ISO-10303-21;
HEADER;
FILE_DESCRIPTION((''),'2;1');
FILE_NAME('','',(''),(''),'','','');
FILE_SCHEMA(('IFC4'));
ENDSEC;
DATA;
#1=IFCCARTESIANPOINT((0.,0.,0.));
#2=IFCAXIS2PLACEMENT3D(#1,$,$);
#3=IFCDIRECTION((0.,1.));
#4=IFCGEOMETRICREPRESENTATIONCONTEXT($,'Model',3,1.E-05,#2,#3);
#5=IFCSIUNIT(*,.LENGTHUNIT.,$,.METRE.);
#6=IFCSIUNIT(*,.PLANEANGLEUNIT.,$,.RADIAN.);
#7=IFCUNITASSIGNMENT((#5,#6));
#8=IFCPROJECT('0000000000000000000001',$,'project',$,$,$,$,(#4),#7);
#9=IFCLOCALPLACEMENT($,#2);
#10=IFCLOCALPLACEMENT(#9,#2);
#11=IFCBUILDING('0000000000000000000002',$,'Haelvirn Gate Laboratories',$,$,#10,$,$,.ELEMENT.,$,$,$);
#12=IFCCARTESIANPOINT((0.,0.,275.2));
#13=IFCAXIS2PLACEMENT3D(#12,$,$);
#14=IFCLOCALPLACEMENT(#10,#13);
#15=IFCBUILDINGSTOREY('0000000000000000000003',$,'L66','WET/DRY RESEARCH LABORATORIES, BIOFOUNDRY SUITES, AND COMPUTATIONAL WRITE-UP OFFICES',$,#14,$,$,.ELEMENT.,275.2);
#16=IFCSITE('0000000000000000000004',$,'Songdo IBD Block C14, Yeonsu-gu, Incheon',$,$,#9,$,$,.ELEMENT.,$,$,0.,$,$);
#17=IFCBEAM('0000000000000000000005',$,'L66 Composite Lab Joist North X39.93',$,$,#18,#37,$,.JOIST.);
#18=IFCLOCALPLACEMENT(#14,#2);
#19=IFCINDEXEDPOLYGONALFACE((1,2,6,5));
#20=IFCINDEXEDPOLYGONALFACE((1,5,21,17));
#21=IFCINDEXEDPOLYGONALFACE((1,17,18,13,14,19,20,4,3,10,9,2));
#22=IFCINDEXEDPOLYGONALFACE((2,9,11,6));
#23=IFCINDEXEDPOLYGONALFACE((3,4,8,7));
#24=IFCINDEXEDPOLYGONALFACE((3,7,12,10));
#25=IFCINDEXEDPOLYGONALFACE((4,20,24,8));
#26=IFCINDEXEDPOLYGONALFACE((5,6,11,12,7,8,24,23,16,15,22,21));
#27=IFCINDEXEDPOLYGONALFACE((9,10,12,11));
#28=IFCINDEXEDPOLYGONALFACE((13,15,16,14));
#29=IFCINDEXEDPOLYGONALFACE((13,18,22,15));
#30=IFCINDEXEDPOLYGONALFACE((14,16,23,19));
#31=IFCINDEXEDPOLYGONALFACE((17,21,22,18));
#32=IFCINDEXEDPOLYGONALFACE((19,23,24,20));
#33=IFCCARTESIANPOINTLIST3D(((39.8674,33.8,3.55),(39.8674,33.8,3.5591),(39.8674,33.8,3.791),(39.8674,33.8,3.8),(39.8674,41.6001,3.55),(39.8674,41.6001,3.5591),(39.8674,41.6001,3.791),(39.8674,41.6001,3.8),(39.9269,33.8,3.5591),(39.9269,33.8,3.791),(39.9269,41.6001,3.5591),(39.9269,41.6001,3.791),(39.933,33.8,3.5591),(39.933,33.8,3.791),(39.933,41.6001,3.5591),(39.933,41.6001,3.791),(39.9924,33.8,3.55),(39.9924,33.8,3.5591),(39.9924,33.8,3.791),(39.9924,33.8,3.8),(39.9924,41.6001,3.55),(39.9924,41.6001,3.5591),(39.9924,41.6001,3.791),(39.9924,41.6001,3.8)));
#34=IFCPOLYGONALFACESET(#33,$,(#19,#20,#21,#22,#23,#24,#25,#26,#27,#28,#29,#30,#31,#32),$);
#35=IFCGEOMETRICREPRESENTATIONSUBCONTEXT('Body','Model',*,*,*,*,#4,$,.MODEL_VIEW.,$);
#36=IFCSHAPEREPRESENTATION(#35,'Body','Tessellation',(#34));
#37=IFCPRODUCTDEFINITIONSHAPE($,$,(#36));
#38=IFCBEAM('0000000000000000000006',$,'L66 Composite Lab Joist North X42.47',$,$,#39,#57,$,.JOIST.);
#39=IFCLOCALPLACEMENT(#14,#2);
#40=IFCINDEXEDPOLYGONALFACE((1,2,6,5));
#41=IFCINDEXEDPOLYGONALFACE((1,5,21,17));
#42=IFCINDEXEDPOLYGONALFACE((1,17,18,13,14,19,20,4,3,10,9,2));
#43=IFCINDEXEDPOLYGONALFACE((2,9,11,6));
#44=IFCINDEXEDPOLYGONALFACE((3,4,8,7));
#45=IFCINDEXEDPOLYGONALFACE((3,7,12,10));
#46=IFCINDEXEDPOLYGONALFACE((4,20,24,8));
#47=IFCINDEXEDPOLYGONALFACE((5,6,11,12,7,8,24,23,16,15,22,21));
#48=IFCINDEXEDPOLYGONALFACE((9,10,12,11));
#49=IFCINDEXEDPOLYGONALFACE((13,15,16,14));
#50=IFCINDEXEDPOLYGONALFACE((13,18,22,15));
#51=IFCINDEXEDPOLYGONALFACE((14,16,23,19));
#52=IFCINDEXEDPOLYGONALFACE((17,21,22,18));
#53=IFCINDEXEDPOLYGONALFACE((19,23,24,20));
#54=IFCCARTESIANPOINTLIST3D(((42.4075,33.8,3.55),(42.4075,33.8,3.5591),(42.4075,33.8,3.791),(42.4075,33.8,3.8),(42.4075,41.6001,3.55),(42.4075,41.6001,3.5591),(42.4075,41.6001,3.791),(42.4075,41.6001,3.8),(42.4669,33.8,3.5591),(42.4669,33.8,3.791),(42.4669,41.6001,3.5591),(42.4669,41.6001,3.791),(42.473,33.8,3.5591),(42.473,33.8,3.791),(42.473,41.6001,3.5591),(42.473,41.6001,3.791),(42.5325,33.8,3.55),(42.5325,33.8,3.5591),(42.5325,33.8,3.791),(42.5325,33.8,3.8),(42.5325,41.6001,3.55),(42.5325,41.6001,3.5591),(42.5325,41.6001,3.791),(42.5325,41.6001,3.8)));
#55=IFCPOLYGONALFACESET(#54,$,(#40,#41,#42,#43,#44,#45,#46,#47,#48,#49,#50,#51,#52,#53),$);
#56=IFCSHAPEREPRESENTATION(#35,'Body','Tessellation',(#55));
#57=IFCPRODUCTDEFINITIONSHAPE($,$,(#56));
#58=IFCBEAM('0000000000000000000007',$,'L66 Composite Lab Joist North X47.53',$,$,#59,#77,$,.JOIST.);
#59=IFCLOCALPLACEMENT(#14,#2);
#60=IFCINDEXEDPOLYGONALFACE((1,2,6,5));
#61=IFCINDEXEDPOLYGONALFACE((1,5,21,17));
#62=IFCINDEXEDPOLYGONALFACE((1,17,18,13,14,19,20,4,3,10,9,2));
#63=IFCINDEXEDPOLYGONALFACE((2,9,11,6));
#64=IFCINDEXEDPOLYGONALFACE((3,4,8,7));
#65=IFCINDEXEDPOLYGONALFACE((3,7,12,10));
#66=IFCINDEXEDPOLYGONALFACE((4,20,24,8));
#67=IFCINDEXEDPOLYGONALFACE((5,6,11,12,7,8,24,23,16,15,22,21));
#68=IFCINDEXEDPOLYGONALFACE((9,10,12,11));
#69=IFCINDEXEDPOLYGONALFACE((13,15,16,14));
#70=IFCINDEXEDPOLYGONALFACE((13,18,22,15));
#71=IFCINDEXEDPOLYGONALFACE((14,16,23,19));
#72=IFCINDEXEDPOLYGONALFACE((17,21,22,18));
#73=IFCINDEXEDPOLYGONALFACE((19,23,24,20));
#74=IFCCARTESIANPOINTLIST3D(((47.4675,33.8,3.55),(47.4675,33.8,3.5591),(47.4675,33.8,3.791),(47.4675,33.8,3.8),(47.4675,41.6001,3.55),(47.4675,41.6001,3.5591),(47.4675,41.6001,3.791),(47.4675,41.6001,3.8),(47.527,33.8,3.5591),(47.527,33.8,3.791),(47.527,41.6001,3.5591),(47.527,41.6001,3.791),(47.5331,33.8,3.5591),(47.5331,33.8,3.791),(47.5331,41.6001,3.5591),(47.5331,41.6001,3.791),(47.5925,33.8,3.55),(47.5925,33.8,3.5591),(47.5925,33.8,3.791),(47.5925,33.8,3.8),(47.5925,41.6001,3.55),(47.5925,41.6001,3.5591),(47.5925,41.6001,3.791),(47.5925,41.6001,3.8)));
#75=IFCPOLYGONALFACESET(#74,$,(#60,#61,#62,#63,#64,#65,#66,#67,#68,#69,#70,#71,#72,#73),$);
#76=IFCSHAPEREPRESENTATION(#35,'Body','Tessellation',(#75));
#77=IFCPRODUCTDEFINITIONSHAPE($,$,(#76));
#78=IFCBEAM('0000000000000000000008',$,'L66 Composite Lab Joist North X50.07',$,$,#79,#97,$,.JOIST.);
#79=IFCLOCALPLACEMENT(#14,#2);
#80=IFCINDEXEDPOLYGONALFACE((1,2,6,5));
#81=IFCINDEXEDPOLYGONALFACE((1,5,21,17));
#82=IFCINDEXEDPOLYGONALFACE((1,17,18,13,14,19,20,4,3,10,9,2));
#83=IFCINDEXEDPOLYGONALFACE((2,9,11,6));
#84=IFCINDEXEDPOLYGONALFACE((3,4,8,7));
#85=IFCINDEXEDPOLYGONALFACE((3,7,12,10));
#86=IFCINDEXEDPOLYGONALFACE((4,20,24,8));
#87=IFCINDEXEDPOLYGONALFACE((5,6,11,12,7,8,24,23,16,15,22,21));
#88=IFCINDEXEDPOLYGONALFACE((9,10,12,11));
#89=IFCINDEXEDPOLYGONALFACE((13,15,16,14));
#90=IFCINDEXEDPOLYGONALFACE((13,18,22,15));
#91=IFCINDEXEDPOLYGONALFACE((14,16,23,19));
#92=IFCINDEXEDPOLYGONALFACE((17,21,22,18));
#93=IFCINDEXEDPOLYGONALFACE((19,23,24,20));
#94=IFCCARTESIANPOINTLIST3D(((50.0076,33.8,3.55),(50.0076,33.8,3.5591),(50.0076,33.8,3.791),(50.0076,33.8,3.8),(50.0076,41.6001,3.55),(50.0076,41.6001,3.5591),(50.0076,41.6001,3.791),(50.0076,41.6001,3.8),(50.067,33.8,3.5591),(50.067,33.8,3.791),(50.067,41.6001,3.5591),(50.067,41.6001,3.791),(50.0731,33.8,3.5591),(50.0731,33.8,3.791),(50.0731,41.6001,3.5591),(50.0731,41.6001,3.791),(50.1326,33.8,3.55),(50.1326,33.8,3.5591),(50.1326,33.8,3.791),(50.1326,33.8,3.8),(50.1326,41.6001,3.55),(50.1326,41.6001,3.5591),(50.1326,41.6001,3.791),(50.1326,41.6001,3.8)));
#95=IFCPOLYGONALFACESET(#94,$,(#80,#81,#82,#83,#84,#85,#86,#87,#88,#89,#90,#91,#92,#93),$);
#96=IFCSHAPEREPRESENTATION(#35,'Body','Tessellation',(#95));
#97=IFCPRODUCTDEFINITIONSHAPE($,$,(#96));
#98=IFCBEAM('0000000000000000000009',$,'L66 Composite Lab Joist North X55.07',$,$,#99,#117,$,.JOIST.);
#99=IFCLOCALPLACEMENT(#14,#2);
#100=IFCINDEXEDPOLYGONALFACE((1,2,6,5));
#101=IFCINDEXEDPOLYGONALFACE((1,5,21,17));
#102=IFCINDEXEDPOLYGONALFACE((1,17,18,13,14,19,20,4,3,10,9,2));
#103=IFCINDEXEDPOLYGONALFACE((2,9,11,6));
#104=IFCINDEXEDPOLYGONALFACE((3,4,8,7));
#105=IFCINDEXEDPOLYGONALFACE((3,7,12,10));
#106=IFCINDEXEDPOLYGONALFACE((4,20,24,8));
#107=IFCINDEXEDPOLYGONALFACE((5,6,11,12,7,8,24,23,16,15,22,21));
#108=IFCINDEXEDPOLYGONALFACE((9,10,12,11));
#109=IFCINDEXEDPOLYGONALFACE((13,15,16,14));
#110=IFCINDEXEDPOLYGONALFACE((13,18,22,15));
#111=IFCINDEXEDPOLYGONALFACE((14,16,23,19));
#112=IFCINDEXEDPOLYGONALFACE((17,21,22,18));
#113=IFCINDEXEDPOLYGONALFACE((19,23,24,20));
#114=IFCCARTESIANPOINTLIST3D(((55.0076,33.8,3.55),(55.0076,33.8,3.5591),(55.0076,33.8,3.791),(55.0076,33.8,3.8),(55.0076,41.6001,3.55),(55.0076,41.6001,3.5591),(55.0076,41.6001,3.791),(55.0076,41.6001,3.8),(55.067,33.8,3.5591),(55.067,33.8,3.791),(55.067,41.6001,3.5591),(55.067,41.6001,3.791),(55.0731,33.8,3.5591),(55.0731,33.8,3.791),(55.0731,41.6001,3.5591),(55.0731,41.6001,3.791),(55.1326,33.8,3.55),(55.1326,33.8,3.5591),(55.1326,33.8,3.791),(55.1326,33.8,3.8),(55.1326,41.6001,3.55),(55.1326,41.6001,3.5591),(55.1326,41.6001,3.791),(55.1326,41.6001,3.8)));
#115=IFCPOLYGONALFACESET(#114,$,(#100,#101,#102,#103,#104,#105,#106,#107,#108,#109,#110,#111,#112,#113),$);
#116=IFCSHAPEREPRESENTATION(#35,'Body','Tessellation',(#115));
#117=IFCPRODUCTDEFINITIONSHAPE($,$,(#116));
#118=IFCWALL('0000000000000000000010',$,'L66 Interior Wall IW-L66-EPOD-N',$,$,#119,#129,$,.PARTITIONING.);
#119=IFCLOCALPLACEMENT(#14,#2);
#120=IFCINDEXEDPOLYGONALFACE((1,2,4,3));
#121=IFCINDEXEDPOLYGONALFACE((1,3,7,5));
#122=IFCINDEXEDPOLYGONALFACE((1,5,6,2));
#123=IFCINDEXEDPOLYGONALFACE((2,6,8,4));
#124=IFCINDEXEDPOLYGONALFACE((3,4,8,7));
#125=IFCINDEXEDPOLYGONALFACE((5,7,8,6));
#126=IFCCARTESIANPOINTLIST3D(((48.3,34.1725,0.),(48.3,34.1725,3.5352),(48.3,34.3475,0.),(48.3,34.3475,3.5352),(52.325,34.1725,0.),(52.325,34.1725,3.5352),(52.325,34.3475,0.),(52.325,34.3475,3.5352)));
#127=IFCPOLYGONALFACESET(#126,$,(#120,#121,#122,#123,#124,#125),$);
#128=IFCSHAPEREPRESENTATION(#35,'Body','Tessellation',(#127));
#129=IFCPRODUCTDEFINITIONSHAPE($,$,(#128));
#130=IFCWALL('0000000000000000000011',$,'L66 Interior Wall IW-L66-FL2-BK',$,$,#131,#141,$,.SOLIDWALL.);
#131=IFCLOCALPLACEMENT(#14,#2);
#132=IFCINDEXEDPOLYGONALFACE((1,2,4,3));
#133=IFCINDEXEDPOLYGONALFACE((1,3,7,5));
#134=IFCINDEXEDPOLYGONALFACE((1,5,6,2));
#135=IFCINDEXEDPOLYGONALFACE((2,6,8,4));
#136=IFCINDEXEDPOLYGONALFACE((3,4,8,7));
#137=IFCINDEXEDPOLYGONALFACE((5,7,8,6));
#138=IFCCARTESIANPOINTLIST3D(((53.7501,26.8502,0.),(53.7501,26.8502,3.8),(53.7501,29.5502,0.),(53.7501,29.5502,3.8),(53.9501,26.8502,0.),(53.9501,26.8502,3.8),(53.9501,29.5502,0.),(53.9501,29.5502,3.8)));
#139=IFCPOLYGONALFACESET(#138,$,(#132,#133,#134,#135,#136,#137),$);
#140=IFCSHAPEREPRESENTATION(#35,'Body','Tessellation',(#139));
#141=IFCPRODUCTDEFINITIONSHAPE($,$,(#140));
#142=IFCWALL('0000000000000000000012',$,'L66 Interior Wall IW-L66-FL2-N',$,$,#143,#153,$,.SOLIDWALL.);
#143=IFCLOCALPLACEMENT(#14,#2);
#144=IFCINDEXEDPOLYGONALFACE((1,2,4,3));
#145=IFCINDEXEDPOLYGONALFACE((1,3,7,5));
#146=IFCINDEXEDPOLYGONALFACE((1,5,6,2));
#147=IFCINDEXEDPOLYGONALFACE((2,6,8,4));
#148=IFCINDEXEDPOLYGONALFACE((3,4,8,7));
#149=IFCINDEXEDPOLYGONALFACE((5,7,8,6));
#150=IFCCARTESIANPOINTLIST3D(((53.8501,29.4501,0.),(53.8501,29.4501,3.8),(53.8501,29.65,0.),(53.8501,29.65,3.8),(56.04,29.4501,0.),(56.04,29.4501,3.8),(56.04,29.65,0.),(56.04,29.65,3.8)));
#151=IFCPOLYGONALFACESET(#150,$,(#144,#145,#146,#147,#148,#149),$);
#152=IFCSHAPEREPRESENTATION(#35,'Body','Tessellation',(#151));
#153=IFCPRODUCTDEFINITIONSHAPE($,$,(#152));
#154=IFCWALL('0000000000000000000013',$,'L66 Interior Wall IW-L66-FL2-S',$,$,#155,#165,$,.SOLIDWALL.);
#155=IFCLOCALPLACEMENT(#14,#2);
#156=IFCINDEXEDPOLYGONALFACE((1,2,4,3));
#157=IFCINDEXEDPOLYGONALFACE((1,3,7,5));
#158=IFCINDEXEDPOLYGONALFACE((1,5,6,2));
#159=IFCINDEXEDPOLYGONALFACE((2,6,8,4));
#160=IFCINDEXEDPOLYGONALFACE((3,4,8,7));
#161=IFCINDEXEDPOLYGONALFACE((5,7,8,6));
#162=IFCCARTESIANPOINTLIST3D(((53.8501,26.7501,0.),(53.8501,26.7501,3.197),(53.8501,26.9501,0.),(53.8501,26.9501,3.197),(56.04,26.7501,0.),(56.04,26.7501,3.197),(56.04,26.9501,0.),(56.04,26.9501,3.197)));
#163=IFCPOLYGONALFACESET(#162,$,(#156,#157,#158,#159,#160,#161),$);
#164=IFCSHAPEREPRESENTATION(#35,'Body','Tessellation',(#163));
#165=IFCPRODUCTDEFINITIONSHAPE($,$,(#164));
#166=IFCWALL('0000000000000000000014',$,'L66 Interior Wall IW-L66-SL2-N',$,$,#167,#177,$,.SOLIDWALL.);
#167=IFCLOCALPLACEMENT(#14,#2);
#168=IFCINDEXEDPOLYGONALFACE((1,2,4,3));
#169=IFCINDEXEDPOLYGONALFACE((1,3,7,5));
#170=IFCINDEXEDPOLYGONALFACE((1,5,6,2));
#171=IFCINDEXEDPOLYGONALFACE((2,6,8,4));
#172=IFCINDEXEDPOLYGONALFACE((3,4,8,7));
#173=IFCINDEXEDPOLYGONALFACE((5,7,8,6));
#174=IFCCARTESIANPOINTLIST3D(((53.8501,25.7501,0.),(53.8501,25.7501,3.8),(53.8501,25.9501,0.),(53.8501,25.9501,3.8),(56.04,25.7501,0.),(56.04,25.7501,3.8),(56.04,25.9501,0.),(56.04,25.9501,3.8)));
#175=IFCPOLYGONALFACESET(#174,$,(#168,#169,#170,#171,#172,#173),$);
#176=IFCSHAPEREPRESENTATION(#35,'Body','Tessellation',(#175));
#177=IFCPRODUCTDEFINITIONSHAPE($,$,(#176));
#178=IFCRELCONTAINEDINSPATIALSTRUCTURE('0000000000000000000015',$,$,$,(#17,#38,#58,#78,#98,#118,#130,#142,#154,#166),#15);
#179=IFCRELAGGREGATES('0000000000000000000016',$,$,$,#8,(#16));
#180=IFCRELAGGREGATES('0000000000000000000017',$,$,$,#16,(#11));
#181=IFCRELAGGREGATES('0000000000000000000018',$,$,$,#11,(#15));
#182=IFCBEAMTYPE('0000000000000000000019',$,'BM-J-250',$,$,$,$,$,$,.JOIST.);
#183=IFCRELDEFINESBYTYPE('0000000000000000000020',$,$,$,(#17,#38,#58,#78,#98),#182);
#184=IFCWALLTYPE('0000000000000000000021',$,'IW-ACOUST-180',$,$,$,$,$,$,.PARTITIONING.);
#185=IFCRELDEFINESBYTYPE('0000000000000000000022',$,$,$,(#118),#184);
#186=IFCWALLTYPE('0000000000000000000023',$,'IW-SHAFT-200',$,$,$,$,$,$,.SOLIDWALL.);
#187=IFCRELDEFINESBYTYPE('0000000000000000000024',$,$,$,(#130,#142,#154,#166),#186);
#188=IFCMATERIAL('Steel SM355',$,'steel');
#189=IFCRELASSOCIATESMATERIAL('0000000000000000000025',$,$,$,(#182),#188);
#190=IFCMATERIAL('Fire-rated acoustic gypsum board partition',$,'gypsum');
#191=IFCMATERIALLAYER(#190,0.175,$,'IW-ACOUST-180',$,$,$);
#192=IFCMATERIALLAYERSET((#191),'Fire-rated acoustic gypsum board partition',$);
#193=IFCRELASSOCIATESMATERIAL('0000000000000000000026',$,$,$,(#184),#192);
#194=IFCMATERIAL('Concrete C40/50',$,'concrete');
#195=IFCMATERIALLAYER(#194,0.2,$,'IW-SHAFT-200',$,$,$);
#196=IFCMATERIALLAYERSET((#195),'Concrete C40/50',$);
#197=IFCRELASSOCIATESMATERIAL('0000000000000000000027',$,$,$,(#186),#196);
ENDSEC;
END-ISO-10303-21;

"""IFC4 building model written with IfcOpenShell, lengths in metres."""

from ifc_helpers import new_model, si_unit, direction, frame, frame_2d, origin, origin_2d, place, context, subcontext, project, spatial, rectangle, i_section, extrude, source, transform, mapped, material, layer, layer_set, material_profile, profile_set, type_object, type_shapes, element, save


model = new_model("IFC4")

# Units and contexts
model_context = context("Model", 3, precision=1e-05, world=origin(), true_north=direction((0.0, 1.0)))
body_context = subcontext(model_context, "Body", "Model", "MODEL_VIEW")
ifc_project = project(units=[si_unit("LENGTHUNIT", "METRE"), si_unit("PLANEANGLEUNIT", "RADIAN")], contexts=[model_context])

# Site, building, storey
site_placement = place(None, origin())
site = spatial("IfcSite", under=ifc_project, at=site_placement, Name="Songdo IBD Block C14, Yeonsu-gu, Incheon", CompositionType="ELEMENT", RefElevation=0.0)
building_placement = place(site_placement, origin())
building = spatial("IfcBuilding", under=site, at=building_placement, Name="Haelvirn Gate Laboratories", CompositionType="ELEMENT")
storey_placement = place(building_placement, frame((0.0, 0.0, 275.2)))
storey = spatial("IfcBuildingStorey", under=building, at=storey_placement, Name="L66", Description="WET/DRY RESEARCH LABORATORIES, BIOFOUNDRY SUITES, AND COMPUTATIONAL WRITE-UP OFFICES", CompositionType="ELEMENT", Elevation=275.2)

# Shared definitions
ifc_material_1 = material(Name="Steel SM355", Category="steel")

# Beams
ifc_material_profile_1 = material_profile(ifc_material_1, i_section(OverallWidth=0.125, OverallDepth=0.25, WebThickness=0.0061, FlangeThickness=0.009, at=origin_2d()), Name="H-250x125x6x9")
ifc_profile_set_1 = profile_set([ifc_material_profile_1], Name="Steel SM355")
beam_type_1 = type_object("IfcBeamType", Name="BM-J-250", PredefinedType="JOIST", material=ifc_profile_set_1)
shared_shape_1 = source(origin(), body_context, "Body", "SweptSolid", [
    extrude(i_section(OverallWidth=0.125, OverallDepth=0.25, WebThickness=0.0061, FlangeThickness=0.009, at=origin_2d()), origin(), (0.0, 0.0, 1.0), 7.8),
])
type_shapes(beam_type_1, [shared_shape_1])
for number, where, z_axis, x_axis, name in (
    (1, (39.9299, 33.8, 3.675), (0.0, 1.0, 0.0), (-1.0, 0.0, 0.0), "L66 Composite Lab Joist North X39.93"),
    (2, (42.47, 33.8, 3.675), (0.0, 1.0, 0.0), (-1.0, 0.0, 0.0), "L66 Composite Lab Joist North X42.47"),
    (3, (47.53, 33.8, 3.675), (0.0, 1.0, 0.0), (-1.0, 0.0, 0.0), "L66 Composite Lab Joist North X47.53"),
    (4, (50.0701, 33.8, 3.675), (0.0, 1.0, 0.0), (-1.0, 0.0, 0.0), "L66 Composite Lab Joist North X50.07"),
    (5, (55.0701, 33.8, 3.675), (0.0, 1.0, 0.0), (-1.0, 0.0, 0.0), "L66 Composite Lab Joist North X55.07"),
):
    element("IfcBeam", number, at=place(storey_placement, frame(where, z_axis=z_axis, x_axis=x_axis)), inside=storey, type_object=beam_type_1, Name=name, PredefinedType="JOIST", context=body_context, shape_type="MappedRepresentation", body=[
        mapped(shared_shape_1, transform((0.0, 0.0, 0.0), scale=1.0)),
    ])

# Walls
ifc_material_2 = material(Name="Fire-rated acoustic gypsum board partition", Category="gypsum")
ifc_layer_1 = layer(ifc_material_2, 0.175, Name="IW-ACOUST-180")
ifc_layer_set_1 = layer_set([ifc_layer_1], Name="Fire-rated acoustic gypsum board partition")
wall_type_1 = type_object("IfcWallType", Name="IW-ACOUST-180", PredefinedType="PARTITIONING", material=ifc_layer_set_1)
wall_1_placement = place(storey_placement, frame((48.3, 34.26, 0.0), z_axis=(0.0, 0.0, 1.0), x_axis=(1.0, 0.0, 0.0)))
element("IfcWall", 6, at=wall_1_placement, inside=storey, type_object=wall_type_1, Name="L66 Interior Wall IW-L66-EPOD-N", PredefinedType="PARTITIONING", context=body_context, shape_type="SweptSolid", body=[
    extrude(rectangle(XDim=4.0249, YDim=0.175, at=frame_2d((2.0125, 0.0))), origin(), (0.0, 0.0, 1.0), 3.5352),
])
ifc_material_3 = material(Name="Concrete C40/50", Category="concrete")
ifc_layer_2 = layer(ifc_material_3, 0.2, Name="IW-SHAFT-200")
ifc_layer_set_2 = layer_set([ifc_layer_2], Name="Concrete C40/50")
wall_type_2 = type_object("IfcWallType", Name="IW-SHAFT-200", PredefinedType="SOLIDWALL", material=ifc_layer_set_2)
wall_2_placement = place(storey_placement, frame((53.8501, 26.8501, 0.0), z_axis=(0.0, 0.0, 1.0), x_axis=(0.0, 1.0, 0.0)))
element("IfcWall", 7, at=wall_2_placement, inside=storey, type_object=wall_type_2, Name="L66 Interior Wall IW-L66-FL2-BK", PredefinedType="SOLIDWALL", context=body_context, shape_type="SweptSolid", body=[
    extrude(rectangle(XDim=2.7, YDim=0.2, at=frame_2d((1.3501, 0.0))), origin(), (0.0, 0.0, 1.0), 3.8),
])
wall_3_placement = place(storey_placement, frame((53.8501, 29.55, 0.0), z_axis=(0.0, 0.0, 1.0), x_axis=(1.0, 0.0, 0.0)))
element("IfcWall", 8, at=wall_3_placement, inside=storey, type_object=wall_type_2, Name="L66 Interior Wall IW-L66-FL2-N", PredefinedType="SOLIDWALL", context=body_context, shape_type="SweptSolid", body=[
    extrude(rectangle(XDim=2.1899, YDim=0.2, at=frame_2d((1.095, 0.0))), origin(), (0.0, 0.0, 1.0), 3.8),
])
wall_4_placement = place(storey_placement, frame((53.8501, 26.8501, 0.0), z_axis=(0.0, 0.0, 1.0), x_axis=(1.0, 0.0, 0.0)))
element("IfcWall", 9, at=wall_4_placement, inside=storey, type_object=wall_type_2, Name="L66 Interior Wall IW-L66-FL2-S", PredefinedType="SOLIDWALL", context=body_context, shape_type="SweptSolid", body=[
    extrude(rectangle(XDim=2.1899, YDim=0.2, at=frame_2d((1.095, 0.0))), origin(), (0.0, 0.0, 1.0), 3.197),
])
wall_5_placement = place(storey_placement, frame((53.8501, 25.8501, 0.0), z_axis=(0.0, 0.0, 1.0), x_axis=(1.0, 0.0, 0.0)))
element("IfcWall", 10, at=wall_5_placement, inside=storey, type_object=wall_type_2, Name="L66 Interior Wall IW-L66-SL2-N", PredefinedType="SOLIDWALL", context=body_context, shape_type="SweptSolid", body=[
    extrude(rectangle(XDim=2.1899, YDim=0.2, at=frame_2d((1.095, 0.0))), origin(), (0.0, 0.0, 1.0), 3.8),
])

save(model, "model.ifc")
